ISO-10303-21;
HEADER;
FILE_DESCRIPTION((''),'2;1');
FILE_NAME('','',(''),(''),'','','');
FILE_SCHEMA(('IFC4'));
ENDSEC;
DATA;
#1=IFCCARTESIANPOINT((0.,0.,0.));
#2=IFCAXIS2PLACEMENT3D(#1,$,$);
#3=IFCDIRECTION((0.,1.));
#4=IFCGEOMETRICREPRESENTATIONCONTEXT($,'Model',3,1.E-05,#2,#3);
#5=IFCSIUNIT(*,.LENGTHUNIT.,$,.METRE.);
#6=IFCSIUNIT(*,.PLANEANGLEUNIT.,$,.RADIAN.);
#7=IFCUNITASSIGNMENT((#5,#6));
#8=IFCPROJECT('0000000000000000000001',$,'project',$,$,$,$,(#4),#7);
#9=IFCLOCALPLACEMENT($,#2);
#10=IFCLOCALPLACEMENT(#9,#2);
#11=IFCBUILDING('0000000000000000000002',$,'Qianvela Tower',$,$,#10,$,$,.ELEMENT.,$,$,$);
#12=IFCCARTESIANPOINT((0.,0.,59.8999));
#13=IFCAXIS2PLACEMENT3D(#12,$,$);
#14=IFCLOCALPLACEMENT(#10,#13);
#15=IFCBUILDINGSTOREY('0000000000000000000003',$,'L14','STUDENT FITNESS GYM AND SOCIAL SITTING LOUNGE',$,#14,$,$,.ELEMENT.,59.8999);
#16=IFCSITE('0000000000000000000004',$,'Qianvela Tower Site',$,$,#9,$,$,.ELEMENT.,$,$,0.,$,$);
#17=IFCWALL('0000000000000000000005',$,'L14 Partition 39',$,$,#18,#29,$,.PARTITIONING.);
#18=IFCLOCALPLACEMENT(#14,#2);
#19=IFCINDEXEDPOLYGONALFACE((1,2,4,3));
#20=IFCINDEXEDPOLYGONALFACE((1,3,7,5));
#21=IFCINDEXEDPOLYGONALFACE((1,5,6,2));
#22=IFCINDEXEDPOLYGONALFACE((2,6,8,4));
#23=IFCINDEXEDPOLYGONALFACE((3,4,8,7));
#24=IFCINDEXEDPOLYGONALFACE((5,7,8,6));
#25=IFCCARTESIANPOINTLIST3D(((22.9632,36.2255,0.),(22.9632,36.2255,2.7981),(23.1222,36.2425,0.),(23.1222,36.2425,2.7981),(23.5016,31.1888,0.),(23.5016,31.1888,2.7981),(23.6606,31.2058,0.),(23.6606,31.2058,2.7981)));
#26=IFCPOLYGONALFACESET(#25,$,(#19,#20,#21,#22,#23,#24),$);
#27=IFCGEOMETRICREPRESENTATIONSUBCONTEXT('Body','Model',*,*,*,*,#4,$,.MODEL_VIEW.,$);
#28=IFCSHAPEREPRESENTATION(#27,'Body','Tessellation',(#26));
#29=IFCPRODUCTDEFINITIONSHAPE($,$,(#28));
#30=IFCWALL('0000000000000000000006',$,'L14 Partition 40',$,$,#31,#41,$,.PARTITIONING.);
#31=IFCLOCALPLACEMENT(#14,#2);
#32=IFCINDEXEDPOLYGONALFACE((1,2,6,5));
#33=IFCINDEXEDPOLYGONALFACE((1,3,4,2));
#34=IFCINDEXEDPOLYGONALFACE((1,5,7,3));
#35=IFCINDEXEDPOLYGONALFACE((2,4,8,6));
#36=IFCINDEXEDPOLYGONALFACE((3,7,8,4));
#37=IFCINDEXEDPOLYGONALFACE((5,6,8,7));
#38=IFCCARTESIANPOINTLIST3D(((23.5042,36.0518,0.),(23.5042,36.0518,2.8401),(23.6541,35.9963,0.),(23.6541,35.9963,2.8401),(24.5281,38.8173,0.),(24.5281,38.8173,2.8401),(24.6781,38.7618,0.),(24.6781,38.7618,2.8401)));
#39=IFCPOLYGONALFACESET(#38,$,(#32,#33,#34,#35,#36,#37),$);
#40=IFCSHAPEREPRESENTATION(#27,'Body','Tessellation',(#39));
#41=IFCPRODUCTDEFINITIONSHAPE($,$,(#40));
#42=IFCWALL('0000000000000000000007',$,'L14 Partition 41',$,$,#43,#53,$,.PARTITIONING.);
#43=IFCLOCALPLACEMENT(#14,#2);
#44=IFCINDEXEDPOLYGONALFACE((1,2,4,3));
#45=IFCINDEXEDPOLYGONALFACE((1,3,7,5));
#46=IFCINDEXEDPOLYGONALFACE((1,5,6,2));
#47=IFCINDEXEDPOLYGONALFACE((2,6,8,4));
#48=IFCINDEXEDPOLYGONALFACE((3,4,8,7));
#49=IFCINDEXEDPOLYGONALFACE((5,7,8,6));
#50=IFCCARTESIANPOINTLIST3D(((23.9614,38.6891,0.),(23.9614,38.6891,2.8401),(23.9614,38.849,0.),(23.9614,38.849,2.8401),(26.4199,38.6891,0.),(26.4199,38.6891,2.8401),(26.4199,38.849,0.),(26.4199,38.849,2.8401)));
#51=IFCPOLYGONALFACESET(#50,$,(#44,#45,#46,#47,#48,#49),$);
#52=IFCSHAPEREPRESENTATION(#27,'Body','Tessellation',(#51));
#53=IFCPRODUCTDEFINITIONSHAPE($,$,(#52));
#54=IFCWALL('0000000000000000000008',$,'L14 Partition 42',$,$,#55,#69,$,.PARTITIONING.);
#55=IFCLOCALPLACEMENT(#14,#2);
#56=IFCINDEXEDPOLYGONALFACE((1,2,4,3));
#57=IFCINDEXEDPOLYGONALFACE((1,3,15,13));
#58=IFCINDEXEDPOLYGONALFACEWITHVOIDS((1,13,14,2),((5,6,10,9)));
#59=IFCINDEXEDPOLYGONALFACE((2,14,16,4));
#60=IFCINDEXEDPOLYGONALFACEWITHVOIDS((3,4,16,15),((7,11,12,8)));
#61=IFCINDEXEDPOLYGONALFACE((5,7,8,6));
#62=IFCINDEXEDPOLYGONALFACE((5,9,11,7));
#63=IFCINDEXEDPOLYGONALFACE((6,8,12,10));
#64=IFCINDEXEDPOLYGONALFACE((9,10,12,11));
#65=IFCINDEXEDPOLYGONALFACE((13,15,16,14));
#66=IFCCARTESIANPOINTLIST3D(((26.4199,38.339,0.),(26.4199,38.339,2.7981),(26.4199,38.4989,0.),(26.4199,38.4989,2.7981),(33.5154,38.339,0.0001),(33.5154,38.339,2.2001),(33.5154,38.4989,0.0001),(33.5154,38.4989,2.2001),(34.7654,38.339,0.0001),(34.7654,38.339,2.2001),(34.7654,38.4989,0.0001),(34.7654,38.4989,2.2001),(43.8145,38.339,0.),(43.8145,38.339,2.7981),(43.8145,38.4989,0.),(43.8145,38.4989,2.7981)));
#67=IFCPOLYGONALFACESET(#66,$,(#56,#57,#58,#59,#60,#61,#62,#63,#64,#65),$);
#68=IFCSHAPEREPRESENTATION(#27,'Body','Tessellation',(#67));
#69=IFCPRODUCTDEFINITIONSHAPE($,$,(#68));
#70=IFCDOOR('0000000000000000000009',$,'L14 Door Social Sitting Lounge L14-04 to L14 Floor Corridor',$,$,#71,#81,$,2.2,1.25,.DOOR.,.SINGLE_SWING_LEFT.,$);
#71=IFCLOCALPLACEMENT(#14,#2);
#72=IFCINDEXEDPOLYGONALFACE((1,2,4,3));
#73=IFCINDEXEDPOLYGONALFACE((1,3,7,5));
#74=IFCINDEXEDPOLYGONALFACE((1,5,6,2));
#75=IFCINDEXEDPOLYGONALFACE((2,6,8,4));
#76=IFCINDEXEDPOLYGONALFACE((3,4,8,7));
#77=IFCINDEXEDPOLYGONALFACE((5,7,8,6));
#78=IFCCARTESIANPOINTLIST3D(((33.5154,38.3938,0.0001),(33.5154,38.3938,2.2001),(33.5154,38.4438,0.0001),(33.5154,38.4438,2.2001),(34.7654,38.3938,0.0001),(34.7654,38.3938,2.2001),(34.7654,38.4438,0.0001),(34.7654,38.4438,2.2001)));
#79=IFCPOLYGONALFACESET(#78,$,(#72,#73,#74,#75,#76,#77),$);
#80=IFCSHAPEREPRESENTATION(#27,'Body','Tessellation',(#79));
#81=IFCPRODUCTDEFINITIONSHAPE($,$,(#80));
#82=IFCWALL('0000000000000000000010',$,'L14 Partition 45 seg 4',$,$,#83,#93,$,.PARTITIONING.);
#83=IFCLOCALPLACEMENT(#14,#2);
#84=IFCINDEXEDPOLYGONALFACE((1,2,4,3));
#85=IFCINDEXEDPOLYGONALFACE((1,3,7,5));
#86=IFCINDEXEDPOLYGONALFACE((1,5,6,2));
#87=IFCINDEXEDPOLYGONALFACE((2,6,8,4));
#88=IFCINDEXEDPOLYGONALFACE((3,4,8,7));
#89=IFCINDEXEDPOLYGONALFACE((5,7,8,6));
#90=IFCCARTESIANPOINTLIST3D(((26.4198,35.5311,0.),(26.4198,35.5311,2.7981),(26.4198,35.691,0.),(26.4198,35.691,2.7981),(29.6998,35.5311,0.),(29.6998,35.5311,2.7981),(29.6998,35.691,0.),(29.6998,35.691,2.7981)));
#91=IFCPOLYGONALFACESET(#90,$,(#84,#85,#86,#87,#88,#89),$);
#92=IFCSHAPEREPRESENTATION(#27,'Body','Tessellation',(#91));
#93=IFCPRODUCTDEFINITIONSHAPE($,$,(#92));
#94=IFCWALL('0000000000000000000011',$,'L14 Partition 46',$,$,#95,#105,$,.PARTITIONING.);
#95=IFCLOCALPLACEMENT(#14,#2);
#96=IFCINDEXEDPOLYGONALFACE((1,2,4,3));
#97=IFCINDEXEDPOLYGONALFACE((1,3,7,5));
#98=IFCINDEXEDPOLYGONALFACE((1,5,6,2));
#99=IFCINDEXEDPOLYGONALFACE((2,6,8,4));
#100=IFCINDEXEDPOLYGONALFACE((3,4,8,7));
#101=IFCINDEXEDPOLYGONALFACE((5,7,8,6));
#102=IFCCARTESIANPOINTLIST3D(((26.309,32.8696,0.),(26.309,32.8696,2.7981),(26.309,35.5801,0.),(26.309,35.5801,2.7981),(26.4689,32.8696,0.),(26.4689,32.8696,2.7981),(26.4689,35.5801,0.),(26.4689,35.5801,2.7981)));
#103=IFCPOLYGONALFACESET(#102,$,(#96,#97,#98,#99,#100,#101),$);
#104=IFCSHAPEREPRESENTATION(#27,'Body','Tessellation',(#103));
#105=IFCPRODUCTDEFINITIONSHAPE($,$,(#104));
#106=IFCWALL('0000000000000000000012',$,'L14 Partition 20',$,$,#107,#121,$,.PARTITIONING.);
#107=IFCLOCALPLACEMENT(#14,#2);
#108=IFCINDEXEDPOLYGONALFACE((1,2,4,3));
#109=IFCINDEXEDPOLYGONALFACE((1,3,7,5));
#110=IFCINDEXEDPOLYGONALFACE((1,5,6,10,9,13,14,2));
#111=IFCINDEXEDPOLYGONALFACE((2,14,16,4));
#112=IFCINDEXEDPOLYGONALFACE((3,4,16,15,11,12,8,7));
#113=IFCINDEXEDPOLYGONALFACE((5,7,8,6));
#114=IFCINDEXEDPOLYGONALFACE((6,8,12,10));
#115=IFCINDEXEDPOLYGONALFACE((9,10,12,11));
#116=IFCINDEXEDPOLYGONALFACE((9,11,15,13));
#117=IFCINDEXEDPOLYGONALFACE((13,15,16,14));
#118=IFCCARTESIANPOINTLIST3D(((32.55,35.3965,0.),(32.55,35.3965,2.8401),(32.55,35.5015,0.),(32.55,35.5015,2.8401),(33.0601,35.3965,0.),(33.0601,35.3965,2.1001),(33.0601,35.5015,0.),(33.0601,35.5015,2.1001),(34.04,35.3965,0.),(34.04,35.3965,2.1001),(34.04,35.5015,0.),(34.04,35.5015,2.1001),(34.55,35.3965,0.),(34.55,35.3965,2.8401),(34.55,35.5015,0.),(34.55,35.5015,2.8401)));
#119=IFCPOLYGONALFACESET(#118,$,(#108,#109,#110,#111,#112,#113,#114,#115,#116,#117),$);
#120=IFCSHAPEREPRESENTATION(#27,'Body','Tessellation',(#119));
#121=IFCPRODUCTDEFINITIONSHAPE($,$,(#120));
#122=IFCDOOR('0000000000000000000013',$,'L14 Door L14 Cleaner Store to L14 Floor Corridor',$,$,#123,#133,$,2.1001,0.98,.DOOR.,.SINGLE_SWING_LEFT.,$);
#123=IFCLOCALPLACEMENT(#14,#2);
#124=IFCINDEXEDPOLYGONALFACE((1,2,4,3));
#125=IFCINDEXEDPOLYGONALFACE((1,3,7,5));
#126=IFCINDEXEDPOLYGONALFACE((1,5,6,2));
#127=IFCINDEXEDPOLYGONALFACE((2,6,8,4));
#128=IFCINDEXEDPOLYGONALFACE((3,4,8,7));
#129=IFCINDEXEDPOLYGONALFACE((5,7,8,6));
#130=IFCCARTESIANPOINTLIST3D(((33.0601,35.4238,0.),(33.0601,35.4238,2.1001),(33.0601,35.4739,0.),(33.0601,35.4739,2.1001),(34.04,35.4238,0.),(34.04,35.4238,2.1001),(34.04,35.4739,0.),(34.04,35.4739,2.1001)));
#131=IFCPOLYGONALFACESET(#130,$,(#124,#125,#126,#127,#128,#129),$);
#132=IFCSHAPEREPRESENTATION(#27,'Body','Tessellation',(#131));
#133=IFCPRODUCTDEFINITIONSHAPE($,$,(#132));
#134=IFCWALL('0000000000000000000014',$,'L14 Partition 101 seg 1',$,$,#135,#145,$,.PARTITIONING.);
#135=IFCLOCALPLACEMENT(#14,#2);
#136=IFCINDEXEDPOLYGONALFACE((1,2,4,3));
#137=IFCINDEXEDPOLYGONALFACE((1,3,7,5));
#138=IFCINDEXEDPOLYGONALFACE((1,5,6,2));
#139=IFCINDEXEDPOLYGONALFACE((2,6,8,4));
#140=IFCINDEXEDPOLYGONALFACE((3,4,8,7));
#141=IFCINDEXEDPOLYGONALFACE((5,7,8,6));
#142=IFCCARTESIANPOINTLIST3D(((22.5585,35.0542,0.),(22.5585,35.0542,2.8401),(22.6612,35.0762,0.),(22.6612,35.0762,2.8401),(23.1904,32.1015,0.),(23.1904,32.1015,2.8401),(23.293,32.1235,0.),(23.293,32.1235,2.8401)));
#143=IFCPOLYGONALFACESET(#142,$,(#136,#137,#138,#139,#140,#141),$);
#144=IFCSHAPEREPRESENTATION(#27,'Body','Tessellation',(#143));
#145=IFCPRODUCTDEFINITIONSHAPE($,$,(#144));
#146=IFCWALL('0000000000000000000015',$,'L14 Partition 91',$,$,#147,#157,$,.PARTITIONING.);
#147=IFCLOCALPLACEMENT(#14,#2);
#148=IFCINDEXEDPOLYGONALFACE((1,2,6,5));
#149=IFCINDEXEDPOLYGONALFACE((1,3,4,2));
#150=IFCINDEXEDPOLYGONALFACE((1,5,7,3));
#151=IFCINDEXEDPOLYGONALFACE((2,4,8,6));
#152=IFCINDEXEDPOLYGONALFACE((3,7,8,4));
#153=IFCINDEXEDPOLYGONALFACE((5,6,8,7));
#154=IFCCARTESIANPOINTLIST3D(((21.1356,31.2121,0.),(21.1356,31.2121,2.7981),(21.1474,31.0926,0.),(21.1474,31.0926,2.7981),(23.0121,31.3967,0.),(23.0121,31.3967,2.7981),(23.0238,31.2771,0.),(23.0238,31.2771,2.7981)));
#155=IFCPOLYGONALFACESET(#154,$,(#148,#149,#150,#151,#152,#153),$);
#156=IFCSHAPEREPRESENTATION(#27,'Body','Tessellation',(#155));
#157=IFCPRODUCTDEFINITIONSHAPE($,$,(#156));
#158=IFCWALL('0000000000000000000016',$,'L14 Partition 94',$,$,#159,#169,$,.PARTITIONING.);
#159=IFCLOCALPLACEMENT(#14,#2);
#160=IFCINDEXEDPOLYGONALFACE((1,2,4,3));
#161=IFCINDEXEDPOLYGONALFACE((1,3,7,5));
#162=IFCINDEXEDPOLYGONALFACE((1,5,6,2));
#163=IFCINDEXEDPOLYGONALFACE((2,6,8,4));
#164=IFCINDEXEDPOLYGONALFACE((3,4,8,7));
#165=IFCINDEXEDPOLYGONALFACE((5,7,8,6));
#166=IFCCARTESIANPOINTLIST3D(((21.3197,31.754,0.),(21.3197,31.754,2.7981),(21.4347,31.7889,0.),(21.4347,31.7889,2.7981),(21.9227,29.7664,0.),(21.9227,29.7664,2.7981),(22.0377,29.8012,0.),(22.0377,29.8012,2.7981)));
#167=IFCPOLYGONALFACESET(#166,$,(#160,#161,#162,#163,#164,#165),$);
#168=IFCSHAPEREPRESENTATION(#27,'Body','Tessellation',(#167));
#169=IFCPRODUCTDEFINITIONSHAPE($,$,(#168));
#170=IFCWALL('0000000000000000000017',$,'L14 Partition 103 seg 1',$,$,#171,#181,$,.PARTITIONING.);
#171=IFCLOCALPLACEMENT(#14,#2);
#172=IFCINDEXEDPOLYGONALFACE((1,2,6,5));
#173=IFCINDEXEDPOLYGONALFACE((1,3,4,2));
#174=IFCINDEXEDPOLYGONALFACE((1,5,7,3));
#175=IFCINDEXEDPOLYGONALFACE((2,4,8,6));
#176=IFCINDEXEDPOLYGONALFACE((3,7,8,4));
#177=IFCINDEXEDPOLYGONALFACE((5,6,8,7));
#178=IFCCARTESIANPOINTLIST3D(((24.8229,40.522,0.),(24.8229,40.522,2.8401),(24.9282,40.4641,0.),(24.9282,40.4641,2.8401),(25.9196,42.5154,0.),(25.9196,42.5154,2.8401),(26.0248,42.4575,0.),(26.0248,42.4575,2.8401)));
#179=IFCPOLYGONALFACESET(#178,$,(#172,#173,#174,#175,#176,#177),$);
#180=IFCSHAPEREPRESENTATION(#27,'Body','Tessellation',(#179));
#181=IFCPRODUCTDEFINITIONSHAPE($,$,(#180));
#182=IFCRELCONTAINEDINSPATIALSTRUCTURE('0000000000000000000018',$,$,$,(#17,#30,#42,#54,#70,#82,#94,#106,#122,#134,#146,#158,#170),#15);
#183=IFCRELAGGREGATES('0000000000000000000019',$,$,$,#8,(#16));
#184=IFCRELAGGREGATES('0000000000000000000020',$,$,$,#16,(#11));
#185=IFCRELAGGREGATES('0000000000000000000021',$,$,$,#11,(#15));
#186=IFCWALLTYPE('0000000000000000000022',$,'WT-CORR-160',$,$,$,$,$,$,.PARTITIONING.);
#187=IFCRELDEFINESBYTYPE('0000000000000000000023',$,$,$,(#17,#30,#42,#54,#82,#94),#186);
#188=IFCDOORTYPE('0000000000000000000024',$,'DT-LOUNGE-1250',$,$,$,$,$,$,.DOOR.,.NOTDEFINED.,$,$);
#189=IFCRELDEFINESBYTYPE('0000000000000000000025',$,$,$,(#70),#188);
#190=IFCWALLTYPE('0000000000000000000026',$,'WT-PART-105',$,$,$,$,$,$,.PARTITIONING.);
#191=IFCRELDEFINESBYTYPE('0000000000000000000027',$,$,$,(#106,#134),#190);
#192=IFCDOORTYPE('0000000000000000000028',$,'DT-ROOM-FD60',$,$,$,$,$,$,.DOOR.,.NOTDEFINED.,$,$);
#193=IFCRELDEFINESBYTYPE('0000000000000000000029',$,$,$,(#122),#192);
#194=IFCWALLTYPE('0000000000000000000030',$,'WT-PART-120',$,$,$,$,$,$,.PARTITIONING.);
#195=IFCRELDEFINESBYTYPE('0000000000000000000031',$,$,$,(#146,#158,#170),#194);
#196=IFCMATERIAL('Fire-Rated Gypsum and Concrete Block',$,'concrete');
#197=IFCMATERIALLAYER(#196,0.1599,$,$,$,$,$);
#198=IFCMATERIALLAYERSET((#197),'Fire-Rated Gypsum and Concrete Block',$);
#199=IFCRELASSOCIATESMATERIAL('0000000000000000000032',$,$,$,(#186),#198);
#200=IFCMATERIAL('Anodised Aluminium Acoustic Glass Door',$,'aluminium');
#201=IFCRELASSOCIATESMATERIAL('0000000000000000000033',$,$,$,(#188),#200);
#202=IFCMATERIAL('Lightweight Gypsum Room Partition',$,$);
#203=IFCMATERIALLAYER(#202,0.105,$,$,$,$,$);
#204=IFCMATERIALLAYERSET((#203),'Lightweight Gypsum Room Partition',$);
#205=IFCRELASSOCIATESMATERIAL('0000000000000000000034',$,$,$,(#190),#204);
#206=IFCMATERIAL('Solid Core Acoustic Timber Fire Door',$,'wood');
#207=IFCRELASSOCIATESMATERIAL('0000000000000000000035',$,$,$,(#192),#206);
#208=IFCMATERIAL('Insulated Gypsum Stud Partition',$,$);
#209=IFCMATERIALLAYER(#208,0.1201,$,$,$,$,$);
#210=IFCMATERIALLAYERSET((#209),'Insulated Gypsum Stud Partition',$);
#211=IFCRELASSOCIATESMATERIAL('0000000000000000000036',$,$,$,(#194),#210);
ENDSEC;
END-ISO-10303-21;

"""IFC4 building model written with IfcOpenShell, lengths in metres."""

from ifc_helpers import new_model, si_unit, direction, frame, frame_2d, origin, place, context, subcontext, project, spatial, rectangle, extrude, material, layer, layer_set, type_object, element, fill, save


model = new_model("IFC4")

# Units and contexts
model_context = context("Model", 3, precision=1e-05, world=origin(), true_north=direction((0.0, 1.0)))
body_context = subcontext(model_context, "Body", "Model", "MODEL_VIEW")
ifc_project = project(units=[si_unit("LENGTHUNIT", "METRE"), si_unit("PLANEANGLEUNIT", "RADIAN")], contexts=[model_context])

# Site, building, storey
site_placement = place(None, origin())
site = spatial("IfcSite", under=ifc_project, at=site_placement, Name="Qianvela Tower Site", CompositionType="ELEMENT", RefElevation=0.0)
building_placement = place(site_placement, origin())
building = spatial("IfcBuilding", under=site, at=building_placement, Name="Qianvela Tower", CompositionType="ELEMENT")
storey_placement = place(building_placement, frame((0.0, 0.0, 59.8999)))
storey = spatial("IfcBuildingStorey", under=building, at=storey_placement, Name="L14", Description="STUDENT FITNESS GYM AND SOCIAL SITTING LOUNGE", CompositionType="ELEMENT", Elevation=59.8999)

# Shared definitions
ifc_material_1 = material(Name="Fire-Rated Gypsum and Concrete Block", Category="concrete")
ifc_layer_1 = layer(ifc_material_1, 0.1599)
ifc_layer_set_1 = layer_set([ifc_layer_1], Name="Fire-Rated Gypsum and Concrete Block")
wall_type_1 = type_object("IfcWallType", Name="WT-CORR-160", PredefinedType="PARTITIONING", material=ifc_layer_set_1)

# Walls
wall_1_placement = place(storey_placement, frame((23.5811, 31.1973, 0.0), z_axis=(0.0, 0.0, 1.0), x_axis=(-0.106273, 0.994337, 0.0)))
element("IfcWall", 1, at=wall_1_placement, inside=storey, type_object=wall_type_1, Name="L14 Partition 39", PredefinedType="PARTITIONING", context=body_context, shape_type="SweptSolid", body=[
    extrude(rectangle(XDim=5.0654, YDim=0.1599, at=frame_2d((2.5327, 0.0))), origin(), (0.0, 0.0, 1.0), 2.7981),
])
wall_2_placement = place(storey_placement, frame((23.5791, 36.0239, 0.0), z_axis=(0.0, 0.0, 1.0), x_axis=(0.347228, 0.937781, 0.0)))
element("IfcWall", 2, at=wall_2_placement, inside=storey, type_object=wall_type_1, Name="L14 Partition 40", PredefinedType="PARTITIONING", context=body_context, shape_type="SweptSolid", body=[
    extrude(rectangle(XDim=2.949, YDim=0.1599, at=frame_2d((1.4746, 0.0))), origin(), (0.0, 0.0, 1.0), 2.8401),
])
wall_3_placement = place(storey_placement, frame((23.9614, 38.769, 0.0), z_axis=(0.0, 0.0, 1.0), x_axis=(1.0, 0.0, 0.0)))
element("IfcWall", 3, at=wall_3_placement, inside=storey, type_object=wall_type_1, Name="L14 Partition 41", PredefinedType="PARTITIONING", context=body_context, shape_type="SweptSolid", body=[
    extrude(rectangle(XDim=2.4585, YDim=0.1599, at=frame_2d((1.2292, 0.0))), origin(), (0.0, 0.0, 1.0), 2.8401),
])

# Wall, opening, door
wall_4_placement = place(storey_placement, frame((26.4199, 38.4189, 0.0), z_axis=(0.0, 0.0, 1.0), x_axis=(1.0, 0.0, 0.0)))
wall_4 = element("IfcWall", 4, at=wall_4_placement, inside=storey, type_object=wall_type_1, Name="L14 Partition 42", PredefinedType="PARTITIONING", context=body_context, shape_type="SweptSolid", body=[
    extrude(rectangle(XDim=17.3945, YDim=0.1599, at=frame_2d((8.6973, 0.0))), origin(), (0.0, 0.0, 1.0), 2.7981),
])
opening_1_placement = place(wall_4_placement, frame((7.0955, 0.0, 0.0)))
opening_1 = element("IfcOpeningElement", 5, at=opening_1_placement, cuts=wall_4, PredefinedType="OPENING", context=body_context, shape_type="SweptSolid", body=[
    extrude(rectangle(XDim=1.25, YDim=2.2, at=frame_2d((0.625, 1.1001))), frame((0.0, 0.0898, 0.0), z_axis=(0.0, -1.0, 0.0), x_axis=(1.0, 0.0, 0.0)), (0.0, 0.0, 1.0), 0.1799),
])
ifc_material_2 = material(Name="Anodised Aluminium Acoustic Glass Door", Category="aluminium")
door_type_1 = type_object("IfcDoorType", Name="DT-LOUNGE-1250", OperationType="NOTDEFINED", PredefinedType="DOOR", material=ifc_material_2)
door_1_placement = place(opening_1_placement, origin())
door_1 = element("IfcDoor", 6, at=door_1_placement, inside=storey, type_object=door_type_1, Name="L14 Door Social Sitting Lounge L14-04 to L14 Floor Corridor", OperationType="SINGLE_SWING_LEFT", OverallHeight=2.2, OverallWidth=1.25, PredefinedType="DOOR", context=body_context, shape_type="SweptSolid", body=[
    extrude(rectangle(XDim=1.25, YDim=2.2, at=frame_2d((0.625, 1.1001))), frame((0.0, 0.0249, 0.0), z_axis=(0.0, -1.0, 0.0), x_axis=(1.0, 0.0, 0.0)), (0.0, 0.0, 1.0), 0.05),
])
fill(opening_1, door_1)

# Walls
wall_5_placement = place(storey_placement, frame((29.7, 35.6111, 0.0), z_axis=(0.0, 0.0, 1.0), x_axis=(-1.0, 0.0, 0.0)))
element("IfcWall", 7, at=wall_5_placement, inside=storey, type_object=wall_type_1, Name="L14 Partition 45 seg 4", PredefinedType="PARTITIONING", context=body_context, shape_type="SweptSolid", body=[
    extrude(rectangle(XDim=3.28, YDim=0.1599, at=frame_2d((1.6401, 0.0))), origin(), (0.0, 0.0, 1.0), 2.7981),
])
wall_6_placement = place(storey_placement, frame((26.3889, 35.5801, 0.0), z_axis=(0.0, 0.0, 1.0), x_axis=(0.0, -1.0, 0.0)))
element("IfcWall", 8, at=wall_6_placement, inside=storey, type_object=wall_type_1, Name="L14 Partition 46", PredefinedType="PARTITIONING", context=body_context, shape_type="SweptSolid", body=[
    extrude(rectangle(XDim=2.7104, YDim=0.1599, at=frame_2d((1.3552, 0.0))), origin(), (0.0, 0.0, 1.0), 2.7981),
])

# Wall, opening, door
ifc_material_3 = material(Name="Lightweight Gypsum Room Partition")
ifc_layer_2 = layer(ifc_material_3, 0.105)
ifc_layer_set_2 = layer_set([ifc_layer_2], Name="Lightweight Gypsum Room Partition")
wall_type_2 = type_object("IfcWallType", Name="WT-PART-105", PredefinedType="PARTITIONING", material=ifc_layer_set_2)
wall_7_placement = place(storey_placement, frame((32.55, 35.449, 0.0), z_axis=(0.0, 0.0, 1.0), x_axis=(1.0, 0.0, 0.0)))
wall_7 = element("IfcWall", 9, at=wall_7_placement, inside=storey, type_object=wall_type_2, Name="L14 Partition 20", PredefinedType="PARTITIONING", context=body_context, shape_type="SweptSolid", body=[
    extrude(rectangle(XDim=2.0, YDim=0.105, at=frame_2d((1.0, 0.0))), origin(), (0.0, 0.0, 1.0), 2.8401),
])
opening_2_placement = place(wall_7_placement, frame((0.51, 0.0, 0.0)))
opening_2 = element("IfcOpeningElement", 10, at=opening_2_placement, cuts=wall_7, PredefinedType="OPENING", context=body_context, shape_type="SweptSolid", body=[
    extrude(rectangle(XDim=0.98, YDim=2.1001, at=frame_2d((0.49, 1.05))), frame((0.0, 0.0625, 0.0), z_axis=(0.0, -1.0, 0.0), x_axis=(1.0, 0.0, 0.0)), (0.0, 0.0, 1.0), 0.125),
])
ifc_material_4 = material(Name="Solid Core Acoustic Timber Fire Door", Category="wood")
door_type_2 = type_object("IfcDoorType", Name="DT-ROOM-FD60", OperationType="NOTDEFINED", PredefinedType="DOOR", material=ifc_material_4)
door_2_placement = place(opening_2_placement, origin())
door_2 = element("IfcDoor", 11, at=door_2_placement, inside=storey, type_object=door_type_2, Name="L14 Door L14 Cleaner Store to L14 Floor Corridor", OperationType="SINGLE_SWING_LEFT", OverallHeight=2.1001, OverallWidth=0.98, PredefinedType="DOOR", context=body_context, shape_type="SweptSolid", body=[
    extrude(rectangle(XDim=0.98, YDim=2.1001, at=frame_2d((0.49, 1.05))), frame((0.0, 0.0249, 0.0), z_axis=(0.0, -1.0, 0.0), x_axis=(1.0, 0.0, 0.0)), (0.0, 0.0, 1.0), 0.05),
])
fill(opening_2, door_2)

# Walls
wall_8_placement = place(storey_placement, frame((22.6099, 35.0652, 0.0), z_axis=(0.0, 0.0, 1.0), x_axis=(0.209253, -0.977862, 0.0)))
element("IfcWall", 12, at=wall_8_placement, inside=storey, type_object=wall_type_2, Name="L14 Partition 101 seg 1", PredefinedType="PARTITIONING", context=body_context, shape_type="SweptSolid", body=[
    extrude(rectangle(XDim=3.0195, YDim=0.105, at=frame_2d((1.5098, 0.0))), origin(), (0.0, 0.0, 1.0), 2.8401),
])
ifc_material_5 = material(Name="Insulated Gypsum Stud Partition")
ifc_layer_3 = layer(ifc_material_5, 0.1201)
ifc_layer_set_3 = layer_set([ifc_layer_3], Name="Insulated Gypsum Stud Partition")
wall_type_3 = type_object("IfcWallType", Name="WT-PART-120", PredefinedType="PARTITIONING", material=ifc_layer_set_3)
wall_9_placement = place(storey_placement, frame((23.0181, 31.3369, 0.0), z_axis=(0.0, 0.0, 1.0), x_axis=(-0.995197, -0.097888, 0.0)))
element("IfcWall", 13, at=wall_9_placement, inside=storey, type_object=wall_type_3, Name="L14 Partition 91", PredefinedType="PARTITIONING", context=body_context, shape_type="SweptSolid", body=[
    extrude(rectangle(XDim=1.8855, YDim=0.1201, at=frame_2d((0.9429, 0.0))), origin(), (0.0, 0.0, 1.0), 2.7981),
])
wall_10_placement = place(storey_placement, frame((21.3772, 31.7715, 0.0), z_axis=(0.0, 0.0, 1.0), x_axis=(0.290301, -0.956935, 0.0)))
element("IfcWall", 14, at=wall_10_placement, inside=storey, type_object=wall_type_3, Name="L14 Partition 94", PredefinedType="PARTITIONING", context=body_context, shape_type="SweptSolid", body=[
    extrude(rectangle(XDim=2.0771, YDim=0.1201, at=frame_2d((1.0386, 0.0))), origin(), (0.0, 0.0, 1.0), 2.7981),
])
wall_11_placement = place(storey_placement, frame((24.8755, 40.4929, 0.0), z_axis=(0.0, 0.0, 1.0), x_axis=(0.482022, 0.876159, 0.0)))
element("IfcWall", 15, at=wall_11_placement, inside=storey, type_object=wall_type_3, Name="L14 Partition 103 seg 1", PredefinedType="PARTITIONING", context=body_context, shape_type="SweptSolid", body=[
    extrude(rectangle(XDim=2.2751, YDim=0.1201, at=frame_2d((1.1377, 0.0))), origin(), (0.0, 0.0, 1.0), 2.8401),
])

save(model, "model.ifc")
